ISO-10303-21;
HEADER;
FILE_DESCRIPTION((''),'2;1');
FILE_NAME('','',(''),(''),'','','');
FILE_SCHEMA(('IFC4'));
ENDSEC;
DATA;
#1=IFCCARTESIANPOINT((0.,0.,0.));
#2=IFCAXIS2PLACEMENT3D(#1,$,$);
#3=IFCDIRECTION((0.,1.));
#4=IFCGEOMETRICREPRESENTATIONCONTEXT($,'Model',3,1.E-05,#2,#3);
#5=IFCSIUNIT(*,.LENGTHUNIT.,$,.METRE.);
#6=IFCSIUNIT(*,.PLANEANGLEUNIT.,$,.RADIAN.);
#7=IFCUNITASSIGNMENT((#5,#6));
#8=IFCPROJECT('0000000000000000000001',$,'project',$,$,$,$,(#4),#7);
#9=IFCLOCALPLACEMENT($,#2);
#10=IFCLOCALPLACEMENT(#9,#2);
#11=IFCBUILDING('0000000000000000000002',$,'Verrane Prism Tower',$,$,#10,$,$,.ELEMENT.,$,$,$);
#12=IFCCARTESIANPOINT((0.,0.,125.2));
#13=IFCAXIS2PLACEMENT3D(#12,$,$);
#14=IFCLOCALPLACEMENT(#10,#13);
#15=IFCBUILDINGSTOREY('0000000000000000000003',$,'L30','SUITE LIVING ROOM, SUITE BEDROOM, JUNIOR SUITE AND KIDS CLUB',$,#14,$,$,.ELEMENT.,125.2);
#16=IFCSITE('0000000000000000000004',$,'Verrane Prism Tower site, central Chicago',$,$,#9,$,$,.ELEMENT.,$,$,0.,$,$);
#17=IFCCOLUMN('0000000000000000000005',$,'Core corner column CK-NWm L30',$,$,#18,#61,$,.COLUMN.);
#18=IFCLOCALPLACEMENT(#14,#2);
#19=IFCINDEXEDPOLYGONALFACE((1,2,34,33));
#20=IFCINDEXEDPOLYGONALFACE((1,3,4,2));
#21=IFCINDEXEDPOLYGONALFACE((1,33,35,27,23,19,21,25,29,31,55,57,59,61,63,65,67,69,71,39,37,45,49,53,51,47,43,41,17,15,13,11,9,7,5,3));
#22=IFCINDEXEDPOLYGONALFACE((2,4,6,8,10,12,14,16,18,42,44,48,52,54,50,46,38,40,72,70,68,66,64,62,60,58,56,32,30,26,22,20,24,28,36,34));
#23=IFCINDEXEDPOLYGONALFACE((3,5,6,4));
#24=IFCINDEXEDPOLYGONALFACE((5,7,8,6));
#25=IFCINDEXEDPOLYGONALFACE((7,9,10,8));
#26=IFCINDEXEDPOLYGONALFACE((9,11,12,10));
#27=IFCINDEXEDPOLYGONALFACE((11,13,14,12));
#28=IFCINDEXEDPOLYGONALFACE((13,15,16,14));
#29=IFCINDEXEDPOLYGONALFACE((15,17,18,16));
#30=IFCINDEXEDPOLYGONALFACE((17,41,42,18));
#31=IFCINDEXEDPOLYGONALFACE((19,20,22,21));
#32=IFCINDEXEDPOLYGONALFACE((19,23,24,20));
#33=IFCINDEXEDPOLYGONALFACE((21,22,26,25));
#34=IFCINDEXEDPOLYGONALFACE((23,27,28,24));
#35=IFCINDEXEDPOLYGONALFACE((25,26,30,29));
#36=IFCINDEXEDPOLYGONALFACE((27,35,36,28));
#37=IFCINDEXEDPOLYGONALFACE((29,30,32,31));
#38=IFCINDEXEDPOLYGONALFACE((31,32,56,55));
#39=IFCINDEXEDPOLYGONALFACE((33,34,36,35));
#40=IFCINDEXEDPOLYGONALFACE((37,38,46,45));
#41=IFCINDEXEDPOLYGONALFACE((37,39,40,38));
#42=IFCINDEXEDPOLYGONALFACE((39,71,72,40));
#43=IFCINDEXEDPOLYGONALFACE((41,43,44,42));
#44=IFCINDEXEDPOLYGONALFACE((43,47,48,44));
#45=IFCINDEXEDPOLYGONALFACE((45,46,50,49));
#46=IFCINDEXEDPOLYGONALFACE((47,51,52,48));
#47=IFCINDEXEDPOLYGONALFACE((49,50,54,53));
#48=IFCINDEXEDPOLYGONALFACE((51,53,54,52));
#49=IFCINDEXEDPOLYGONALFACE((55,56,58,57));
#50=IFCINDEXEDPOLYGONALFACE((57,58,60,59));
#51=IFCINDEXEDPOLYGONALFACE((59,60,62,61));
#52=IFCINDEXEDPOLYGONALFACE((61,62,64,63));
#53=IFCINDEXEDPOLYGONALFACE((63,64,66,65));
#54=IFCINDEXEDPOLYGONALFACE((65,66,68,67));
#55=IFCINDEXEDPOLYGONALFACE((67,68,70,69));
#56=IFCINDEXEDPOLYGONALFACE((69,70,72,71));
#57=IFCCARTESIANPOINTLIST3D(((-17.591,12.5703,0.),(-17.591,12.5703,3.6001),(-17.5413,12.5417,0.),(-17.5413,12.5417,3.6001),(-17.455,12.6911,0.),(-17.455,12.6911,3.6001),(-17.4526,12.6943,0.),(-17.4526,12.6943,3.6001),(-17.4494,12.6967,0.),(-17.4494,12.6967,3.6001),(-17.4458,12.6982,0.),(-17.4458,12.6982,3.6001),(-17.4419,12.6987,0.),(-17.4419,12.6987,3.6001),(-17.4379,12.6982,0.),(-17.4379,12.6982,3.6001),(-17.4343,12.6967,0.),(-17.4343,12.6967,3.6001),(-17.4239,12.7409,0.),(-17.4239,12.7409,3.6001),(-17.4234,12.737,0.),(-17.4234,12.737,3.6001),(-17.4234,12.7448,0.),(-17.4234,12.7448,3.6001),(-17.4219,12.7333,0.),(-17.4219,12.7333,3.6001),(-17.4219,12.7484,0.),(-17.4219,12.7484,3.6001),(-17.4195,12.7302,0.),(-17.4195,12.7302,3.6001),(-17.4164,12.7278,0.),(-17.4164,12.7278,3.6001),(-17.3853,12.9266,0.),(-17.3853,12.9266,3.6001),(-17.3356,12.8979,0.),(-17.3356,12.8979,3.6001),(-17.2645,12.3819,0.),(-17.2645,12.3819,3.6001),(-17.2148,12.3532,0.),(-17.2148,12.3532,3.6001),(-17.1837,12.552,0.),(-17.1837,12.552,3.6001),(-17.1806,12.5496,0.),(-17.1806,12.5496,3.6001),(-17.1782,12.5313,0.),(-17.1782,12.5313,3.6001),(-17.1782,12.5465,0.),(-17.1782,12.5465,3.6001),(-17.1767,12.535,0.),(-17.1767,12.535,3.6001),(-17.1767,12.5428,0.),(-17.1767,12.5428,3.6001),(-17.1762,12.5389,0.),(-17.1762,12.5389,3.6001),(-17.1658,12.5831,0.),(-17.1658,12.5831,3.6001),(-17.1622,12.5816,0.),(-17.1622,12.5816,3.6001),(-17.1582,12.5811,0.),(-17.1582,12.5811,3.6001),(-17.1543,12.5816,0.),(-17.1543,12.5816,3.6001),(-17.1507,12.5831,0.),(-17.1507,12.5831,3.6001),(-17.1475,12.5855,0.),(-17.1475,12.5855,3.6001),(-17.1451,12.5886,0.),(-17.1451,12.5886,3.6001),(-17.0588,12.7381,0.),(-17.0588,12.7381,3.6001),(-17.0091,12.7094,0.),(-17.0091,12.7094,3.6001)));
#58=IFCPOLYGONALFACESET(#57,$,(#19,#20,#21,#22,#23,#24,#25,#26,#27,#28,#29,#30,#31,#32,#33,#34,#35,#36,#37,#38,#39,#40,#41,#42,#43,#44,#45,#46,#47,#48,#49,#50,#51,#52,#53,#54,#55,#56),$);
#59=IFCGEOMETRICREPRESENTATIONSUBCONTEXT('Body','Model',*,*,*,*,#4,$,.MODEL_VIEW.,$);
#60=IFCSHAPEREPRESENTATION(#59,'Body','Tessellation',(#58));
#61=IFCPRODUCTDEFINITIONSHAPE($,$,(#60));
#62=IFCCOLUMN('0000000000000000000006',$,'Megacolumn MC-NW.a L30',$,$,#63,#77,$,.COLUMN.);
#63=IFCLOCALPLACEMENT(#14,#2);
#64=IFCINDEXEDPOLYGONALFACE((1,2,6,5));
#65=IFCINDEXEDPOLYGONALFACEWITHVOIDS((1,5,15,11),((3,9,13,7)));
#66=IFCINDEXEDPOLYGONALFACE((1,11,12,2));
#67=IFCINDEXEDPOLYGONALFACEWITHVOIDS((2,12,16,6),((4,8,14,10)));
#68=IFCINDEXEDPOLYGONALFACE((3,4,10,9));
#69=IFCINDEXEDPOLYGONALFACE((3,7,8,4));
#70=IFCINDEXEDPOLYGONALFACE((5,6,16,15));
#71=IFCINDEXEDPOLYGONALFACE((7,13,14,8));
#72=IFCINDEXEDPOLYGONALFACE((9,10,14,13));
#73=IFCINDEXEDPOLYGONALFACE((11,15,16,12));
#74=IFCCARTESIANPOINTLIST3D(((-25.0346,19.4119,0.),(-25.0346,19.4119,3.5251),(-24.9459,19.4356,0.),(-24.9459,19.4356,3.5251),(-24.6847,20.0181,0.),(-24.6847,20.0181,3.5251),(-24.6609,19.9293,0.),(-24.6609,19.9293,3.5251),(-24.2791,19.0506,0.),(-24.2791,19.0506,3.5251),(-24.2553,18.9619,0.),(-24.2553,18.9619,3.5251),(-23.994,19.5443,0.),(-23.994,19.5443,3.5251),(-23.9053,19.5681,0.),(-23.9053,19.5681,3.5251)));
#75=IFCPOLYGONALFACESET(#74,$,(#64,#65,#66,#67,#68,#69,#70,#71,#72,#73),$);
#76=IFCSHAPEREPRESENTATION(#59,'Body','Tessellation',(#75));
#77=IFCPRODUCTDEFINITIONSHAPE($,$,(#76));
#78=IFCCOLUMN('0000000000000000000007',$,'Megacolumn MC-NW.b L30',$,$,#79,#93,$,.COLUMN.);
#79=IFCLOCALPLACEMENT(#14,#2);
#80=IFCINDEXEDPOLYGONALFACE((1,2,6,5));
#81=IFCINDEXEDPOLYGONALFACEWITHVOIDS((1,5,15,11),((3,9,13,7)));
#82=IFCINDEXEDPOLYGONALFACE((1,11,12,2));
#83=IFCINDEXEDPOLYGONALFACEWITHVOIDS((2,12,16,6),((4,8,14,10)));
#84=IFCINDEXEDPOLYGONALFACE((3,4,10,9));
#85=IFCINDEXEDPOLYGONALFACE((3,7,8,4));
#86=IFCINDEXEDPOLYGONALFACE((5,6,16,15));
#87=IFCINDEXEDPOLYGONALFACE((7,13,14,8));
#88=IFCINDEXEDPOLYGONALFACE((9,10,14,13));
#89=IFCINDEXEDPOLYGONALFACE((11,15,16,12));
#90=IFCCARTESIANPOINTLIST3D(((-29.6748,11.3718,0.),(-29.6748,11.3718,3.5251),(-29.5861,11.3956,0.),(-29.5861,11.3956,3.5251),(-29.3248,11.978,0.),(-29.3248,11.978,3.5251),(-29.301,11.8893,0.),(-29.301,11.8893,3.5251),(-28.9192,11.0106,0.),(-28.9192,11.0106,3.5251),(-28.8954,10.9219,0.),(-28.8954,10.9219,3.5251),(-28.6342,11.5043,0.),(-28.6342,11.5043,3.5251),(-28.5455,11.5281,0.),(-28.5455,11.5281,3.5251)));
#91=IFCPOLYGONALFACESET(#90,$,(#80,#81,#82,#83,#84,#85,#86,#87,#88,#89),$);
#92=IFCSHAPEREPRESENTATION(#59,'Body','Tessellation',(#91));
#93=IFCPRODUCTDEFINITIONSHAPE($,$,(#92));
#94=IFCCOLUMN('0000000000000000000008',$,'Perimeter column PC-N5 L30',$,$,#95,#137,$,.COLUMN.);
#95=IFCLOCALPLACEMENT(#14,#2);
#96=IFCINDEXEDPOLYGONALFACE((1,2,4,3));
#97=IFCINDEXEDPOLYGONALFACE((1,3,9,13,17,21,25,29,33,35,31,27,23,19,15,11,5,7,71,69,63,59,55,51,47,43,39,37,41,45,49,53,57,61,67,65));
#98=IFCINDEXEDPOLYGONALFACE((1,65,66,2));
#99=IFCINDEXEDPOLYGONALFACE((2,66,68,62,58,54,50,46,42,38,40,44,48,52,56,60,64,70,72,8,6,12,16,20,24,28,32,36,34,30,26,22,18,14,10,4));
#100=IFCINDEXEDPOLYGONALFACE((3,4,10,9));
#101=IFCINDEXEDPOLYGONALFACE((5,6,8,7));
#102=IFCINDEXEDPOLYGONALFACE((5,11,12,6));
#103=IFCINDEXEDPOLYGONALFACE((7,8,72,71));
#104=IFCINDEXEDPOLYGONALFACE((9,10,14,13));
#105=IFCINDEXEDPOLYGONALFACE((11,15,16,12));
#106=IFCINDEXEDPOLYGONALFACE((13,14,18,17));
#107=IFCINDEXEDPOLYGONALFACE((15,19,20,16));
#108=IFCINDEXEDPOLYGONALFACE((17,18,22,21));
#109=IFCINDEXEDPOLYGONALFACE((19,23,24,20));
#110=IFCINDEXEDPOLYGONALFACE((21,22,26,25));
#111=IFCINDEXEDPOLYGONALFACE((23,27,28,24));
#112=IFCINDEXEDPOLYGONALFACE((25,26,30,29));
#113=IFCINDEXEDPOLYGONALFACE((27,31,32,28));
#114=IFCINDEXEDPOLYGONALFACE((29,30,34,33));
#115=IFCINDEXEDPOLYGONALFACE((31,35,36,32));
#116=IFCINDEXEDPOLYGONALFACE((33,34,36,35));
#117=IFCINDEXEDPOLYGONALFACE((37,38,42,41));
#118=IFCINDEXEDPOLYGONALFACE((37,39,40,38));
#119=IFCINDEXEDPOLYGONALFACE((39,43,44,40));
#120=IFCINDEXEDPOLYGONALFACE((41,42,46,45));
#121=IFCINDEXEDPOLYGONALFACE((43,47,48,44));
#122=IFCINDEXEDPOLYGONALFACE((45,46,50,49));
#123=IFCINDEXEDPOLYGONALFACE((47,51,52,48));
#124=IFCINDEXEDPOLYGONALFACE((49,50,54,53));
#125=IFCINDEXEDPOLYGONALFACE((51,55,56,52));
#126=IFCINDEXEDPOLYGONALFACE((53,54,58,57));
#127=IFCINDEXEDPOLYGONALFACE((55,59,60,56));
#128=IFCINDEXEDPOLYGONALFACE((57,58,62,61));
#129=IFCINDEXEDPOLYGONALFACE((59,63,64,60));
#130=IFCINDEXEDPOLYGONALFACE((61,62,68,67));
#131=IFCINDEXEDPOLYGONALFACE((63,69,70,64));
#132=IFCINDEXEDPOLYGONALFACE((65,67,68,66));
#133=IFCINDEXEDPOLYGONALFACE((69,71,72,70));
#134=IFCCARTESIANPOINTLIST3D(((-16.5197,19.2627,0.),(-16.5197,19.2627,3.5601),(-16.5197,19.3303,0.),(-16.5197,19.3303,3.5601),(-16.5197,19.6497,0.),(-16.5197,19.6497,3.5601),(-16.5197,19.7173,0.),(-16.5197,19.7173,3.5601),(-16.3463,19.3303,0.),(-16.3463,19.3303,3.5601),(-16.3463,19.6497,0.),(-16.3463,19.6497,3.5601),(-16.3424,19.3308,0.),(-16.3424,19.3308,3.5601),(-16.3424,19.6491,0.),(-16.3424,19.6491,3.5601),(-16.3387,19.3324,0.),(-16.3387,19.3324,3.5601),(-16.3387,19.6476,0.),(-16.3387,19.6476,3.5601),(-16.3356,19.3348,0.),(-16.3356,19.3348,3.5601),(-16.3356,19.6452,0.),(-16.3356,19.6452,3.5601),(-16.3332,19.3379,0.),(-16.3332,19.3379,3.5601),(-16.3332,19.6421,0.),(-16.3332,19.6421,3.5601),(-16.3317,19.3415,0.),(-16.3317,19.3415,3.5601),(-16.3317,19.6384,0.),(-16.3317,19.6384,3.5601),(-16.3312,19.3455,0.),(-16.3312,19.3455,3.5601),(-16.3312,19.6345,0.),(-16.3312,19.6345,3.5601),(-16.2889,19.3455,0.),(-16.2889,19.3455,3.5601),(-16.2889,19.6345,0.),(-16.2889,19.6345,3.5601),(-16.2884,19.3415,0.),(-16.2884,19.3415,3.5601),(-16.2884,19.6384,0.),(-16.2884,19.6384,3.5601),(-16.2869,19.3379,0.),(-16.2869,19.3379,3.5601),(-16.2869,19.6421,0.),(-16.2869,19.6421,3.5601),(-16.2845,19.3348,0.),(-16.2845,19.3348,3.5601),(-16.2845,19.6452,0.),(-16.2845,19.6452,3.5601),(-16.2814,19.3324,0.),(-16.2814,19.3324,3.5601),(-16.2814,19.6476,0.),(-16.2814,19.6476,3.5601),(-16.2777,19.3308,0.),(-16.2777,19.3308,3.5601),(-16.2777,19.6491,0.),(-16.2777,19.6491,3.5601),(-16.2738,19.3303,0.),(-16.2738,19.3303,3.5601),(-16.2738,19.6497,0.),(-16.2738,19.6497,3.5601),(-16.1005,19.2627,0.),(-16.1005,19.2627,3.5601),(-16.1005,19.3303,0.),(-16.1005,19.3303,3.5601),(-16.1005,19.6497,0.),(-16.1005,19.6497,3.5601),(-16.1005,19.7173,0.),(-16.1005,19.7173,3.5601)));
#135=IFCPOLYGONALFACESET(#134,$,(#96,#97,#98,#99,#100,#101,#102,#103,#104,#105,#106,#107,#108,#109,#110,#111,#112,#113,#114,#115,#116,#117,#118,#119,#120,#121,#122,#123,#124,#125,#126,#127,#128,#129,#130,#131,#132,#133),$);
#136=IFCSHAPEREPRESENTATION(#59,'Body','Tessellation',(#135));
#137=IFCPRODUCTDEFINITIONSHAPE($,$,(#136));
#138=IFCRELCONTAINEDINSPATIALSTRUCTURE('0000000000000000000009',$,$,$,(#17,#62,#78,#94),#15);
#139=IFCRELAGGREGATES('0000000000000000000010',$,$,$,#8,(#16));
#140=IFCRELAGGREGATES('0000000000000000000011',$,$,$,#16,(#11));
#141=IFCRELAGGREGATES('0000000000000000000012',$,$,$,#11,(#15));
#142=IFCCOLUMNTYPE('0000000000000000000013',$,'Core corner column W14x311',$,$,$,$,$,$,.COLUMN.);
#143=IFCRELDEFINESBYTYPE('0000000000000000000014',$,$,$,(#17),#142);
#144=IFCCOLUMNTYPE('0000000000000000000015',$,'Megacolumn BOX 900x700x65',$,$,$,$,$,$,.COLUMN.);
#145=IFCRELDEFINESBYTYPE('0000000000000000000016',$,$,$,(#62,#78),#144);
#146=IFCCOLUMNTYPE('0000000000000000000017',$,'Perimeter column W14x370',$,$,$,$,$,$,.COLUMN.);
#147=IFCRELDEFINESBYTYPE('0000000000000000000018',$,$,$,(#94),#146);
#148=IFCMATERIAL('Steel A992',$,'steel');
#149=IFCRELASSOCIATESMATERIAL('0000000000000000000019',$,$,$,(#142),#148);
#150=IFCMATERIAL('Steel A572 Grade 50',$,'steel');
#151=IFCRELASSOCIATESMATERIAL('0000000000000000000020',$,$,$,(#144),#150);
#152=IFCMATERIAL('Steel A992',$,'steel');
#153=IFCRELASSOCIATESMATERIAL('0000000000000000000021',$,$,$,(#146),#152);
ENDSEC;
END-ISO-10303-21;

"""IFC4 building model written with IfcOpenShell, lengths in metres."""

from ifc_helpers import new_model, si_unit, direction, frame, origin, origin_2d, place, context, subcontext, project, spatial, hollow_rectangle, i_section, extrude, material, material_profile, profile_set, type_object, element, save


model = new_model("IFC4")

# Units and contexts
model_context = context("Model", 3, precision=1e-05, world=origin(), true_north=direction((0.0, 1.0)))
body_context = subcontext(model_context, "Body", "Model", "MODEL_VIEW")
ifc_project = project(units=[si_unit("LENGTHUNIT", "METRE"), si_unit("PLANEANGLEUNIT", "RADIAN")], contexts=[model_context])

# Site, building, storey
site_placement = place(None, origin())
site = spatial("IfcSite", under=ifc_project, at=site_placement, Name="Verrane Prism Tower site, central Chicago", CompositionType="ELEMENT", RefElevation=0.0)
building_placement = place(site_placement, origin())
building = spatial("IfcBuilding", under=site, at=building_placement, Name="Verrane Prism Tower", CompositionType="ELEMENT")
storey_placement = place(building_placement, frame((0.0, 0.0, 125.2)))
storey = spatial("IfcBuildingStorey", under=building, at=storey_placement, Name="L30", Description="SUITE LIVING ROOM, SUITE BEDROOM, JUNIOR SUITE AND KIDS CLUB", CompositionType="ELEMENT", Elevation=125.2)

# Columns
ifc_material_1 = material(Name="Steel A992", Category="steel")
ifc_material_profile_1 = material_profile(ifc_material_1, i_section(OverallWidth=0.4114, OverallDepth=0.4343, WebThickness=0.0359, FlangeThickness=0.0574, FilletRadius=0.0151, at=origin_2d()), Name="W14x311")
ifc_profile_set_1 = profile_set([ifc_material_profile_1], Name="Steel A992")
column_type_1 = type_object("IfcColumnType", Name="Core corner column W14x311", PredefinedType="COLUMN", material=ifc_profile_set_1)
column_1_placement = place(storey_placement, frame((-17.3, 12.6399, 0.0), z_axis=(0.0, 0.0, 1.0), x_axis=(0.5, 0.866025, 0.0)))
element("IfcColumn", 1, at=column_1_placement, inside=storey, type_object=column_type_1, Name="Core corner column CK-NWm L30", PredefinedType="COLUMN", context=body_context, shape_type="SweptSolid", body=[
    extrude(i_section(OverallWidth=0.4114, OverallDepth=0.4343, WebThickness=0.0359, FlangeThickness=0.0574, FilletRadius=0.0151, at=origin_2d()), origin(), (0.0, 0.0, 1.0), 3.6001),
])
ifc_material_2 = material(Name="Steel A572 Grade 50", Category="steel")
ifc_material_profile_2 = material_profile(ifc_material_2, hollow_rectangle(XDim=0.7, YDim=0.8999, WallThickness=0.0649, at=origin_2d()), Name="BOX 900x700x65")
ifc_profile_set_2 = profile_set([ifc_material_profile_2], Name="Steel A572 Grade 50")
column_type_2 = type_object("IfcColumnType", Name="Megacolumn BOX 900x700x65", PredefinedType="COLUMN", material=ifc_profile_set_2)
for number, where, z_axis, x_axis, name in (
    (2, (-24.47, 19.49, 0.0), (0.0, 0.0, 1.0), (0.5, 0.866025, 0.0), "Megacolumn MC-NW.a L30"),
    (3, (-29.1101, 11.45, 0.0), (0.0, 0.0, 1.0), (0.5, 0.866025, 0.0), "Megacolumn MC-NW.b L30"),
):
    element("IfcColumn", number, at=place(storey_placement, frame(where, z_axis=z_axis, x_axis=x_axis)), inside=storey, type_object=column_type_2, Name=name, PredefinedType="COLUMN", context=body_context, shape_type="SweptSolid", body=[
        extrude(hollow_rectangle(XDim=0.7, YDim=0.8999, WallThickness=0.0649, at=origin_2d()), origin(), (0.0, 0.0, 1.0), 3.5251),
    ])
ifc_material_3 = material(Name="Steel A992", Category="steel")
ifc_material_profile_3 = material_profile(ifc_material_3, i_section(OverallWidth=0.4192, OverallDepth=0.4546, WebThickness=0.0422, FlangeThickness=0.0676, FilletRadius=0.0151, at=origin_2d()), Name="W14x370")
ifc_profile_set_3 = profile_set([ifc_material_profile_3], Name="Steel A992")
column_type_3 = type_object("IfcColumnType", Name="Perimeter column W14x370", PredefinedType="COLUMN", material=ifc_profile_set_3)
column_2_placement = place(storey_placement, frame((-16.3101, 19.49, 0.0), z_axis=(0.0, 0.0, 1.0), x_axis=(1.0, 0.0, 0.0)))
element("IfcColumn", 4, at=column_2_placement, inside=storey, type_object=column_type_3, Name="Perimeter column PC-N5 L30", PredefinedType="COLUMN", context=body_context, shape_type="SweptSolid", body=[
    extrude(i_section(OverallWidth=0.4192, OverallDepth=0.4546, WebThickness=0.0422, FlangeThickness=0.0676, FilletRadius=0.0151, at=origin_2d()), origin(), (0.0, 0.0, 1.0), 3.5601),
])

save(model, "model.ifc")
